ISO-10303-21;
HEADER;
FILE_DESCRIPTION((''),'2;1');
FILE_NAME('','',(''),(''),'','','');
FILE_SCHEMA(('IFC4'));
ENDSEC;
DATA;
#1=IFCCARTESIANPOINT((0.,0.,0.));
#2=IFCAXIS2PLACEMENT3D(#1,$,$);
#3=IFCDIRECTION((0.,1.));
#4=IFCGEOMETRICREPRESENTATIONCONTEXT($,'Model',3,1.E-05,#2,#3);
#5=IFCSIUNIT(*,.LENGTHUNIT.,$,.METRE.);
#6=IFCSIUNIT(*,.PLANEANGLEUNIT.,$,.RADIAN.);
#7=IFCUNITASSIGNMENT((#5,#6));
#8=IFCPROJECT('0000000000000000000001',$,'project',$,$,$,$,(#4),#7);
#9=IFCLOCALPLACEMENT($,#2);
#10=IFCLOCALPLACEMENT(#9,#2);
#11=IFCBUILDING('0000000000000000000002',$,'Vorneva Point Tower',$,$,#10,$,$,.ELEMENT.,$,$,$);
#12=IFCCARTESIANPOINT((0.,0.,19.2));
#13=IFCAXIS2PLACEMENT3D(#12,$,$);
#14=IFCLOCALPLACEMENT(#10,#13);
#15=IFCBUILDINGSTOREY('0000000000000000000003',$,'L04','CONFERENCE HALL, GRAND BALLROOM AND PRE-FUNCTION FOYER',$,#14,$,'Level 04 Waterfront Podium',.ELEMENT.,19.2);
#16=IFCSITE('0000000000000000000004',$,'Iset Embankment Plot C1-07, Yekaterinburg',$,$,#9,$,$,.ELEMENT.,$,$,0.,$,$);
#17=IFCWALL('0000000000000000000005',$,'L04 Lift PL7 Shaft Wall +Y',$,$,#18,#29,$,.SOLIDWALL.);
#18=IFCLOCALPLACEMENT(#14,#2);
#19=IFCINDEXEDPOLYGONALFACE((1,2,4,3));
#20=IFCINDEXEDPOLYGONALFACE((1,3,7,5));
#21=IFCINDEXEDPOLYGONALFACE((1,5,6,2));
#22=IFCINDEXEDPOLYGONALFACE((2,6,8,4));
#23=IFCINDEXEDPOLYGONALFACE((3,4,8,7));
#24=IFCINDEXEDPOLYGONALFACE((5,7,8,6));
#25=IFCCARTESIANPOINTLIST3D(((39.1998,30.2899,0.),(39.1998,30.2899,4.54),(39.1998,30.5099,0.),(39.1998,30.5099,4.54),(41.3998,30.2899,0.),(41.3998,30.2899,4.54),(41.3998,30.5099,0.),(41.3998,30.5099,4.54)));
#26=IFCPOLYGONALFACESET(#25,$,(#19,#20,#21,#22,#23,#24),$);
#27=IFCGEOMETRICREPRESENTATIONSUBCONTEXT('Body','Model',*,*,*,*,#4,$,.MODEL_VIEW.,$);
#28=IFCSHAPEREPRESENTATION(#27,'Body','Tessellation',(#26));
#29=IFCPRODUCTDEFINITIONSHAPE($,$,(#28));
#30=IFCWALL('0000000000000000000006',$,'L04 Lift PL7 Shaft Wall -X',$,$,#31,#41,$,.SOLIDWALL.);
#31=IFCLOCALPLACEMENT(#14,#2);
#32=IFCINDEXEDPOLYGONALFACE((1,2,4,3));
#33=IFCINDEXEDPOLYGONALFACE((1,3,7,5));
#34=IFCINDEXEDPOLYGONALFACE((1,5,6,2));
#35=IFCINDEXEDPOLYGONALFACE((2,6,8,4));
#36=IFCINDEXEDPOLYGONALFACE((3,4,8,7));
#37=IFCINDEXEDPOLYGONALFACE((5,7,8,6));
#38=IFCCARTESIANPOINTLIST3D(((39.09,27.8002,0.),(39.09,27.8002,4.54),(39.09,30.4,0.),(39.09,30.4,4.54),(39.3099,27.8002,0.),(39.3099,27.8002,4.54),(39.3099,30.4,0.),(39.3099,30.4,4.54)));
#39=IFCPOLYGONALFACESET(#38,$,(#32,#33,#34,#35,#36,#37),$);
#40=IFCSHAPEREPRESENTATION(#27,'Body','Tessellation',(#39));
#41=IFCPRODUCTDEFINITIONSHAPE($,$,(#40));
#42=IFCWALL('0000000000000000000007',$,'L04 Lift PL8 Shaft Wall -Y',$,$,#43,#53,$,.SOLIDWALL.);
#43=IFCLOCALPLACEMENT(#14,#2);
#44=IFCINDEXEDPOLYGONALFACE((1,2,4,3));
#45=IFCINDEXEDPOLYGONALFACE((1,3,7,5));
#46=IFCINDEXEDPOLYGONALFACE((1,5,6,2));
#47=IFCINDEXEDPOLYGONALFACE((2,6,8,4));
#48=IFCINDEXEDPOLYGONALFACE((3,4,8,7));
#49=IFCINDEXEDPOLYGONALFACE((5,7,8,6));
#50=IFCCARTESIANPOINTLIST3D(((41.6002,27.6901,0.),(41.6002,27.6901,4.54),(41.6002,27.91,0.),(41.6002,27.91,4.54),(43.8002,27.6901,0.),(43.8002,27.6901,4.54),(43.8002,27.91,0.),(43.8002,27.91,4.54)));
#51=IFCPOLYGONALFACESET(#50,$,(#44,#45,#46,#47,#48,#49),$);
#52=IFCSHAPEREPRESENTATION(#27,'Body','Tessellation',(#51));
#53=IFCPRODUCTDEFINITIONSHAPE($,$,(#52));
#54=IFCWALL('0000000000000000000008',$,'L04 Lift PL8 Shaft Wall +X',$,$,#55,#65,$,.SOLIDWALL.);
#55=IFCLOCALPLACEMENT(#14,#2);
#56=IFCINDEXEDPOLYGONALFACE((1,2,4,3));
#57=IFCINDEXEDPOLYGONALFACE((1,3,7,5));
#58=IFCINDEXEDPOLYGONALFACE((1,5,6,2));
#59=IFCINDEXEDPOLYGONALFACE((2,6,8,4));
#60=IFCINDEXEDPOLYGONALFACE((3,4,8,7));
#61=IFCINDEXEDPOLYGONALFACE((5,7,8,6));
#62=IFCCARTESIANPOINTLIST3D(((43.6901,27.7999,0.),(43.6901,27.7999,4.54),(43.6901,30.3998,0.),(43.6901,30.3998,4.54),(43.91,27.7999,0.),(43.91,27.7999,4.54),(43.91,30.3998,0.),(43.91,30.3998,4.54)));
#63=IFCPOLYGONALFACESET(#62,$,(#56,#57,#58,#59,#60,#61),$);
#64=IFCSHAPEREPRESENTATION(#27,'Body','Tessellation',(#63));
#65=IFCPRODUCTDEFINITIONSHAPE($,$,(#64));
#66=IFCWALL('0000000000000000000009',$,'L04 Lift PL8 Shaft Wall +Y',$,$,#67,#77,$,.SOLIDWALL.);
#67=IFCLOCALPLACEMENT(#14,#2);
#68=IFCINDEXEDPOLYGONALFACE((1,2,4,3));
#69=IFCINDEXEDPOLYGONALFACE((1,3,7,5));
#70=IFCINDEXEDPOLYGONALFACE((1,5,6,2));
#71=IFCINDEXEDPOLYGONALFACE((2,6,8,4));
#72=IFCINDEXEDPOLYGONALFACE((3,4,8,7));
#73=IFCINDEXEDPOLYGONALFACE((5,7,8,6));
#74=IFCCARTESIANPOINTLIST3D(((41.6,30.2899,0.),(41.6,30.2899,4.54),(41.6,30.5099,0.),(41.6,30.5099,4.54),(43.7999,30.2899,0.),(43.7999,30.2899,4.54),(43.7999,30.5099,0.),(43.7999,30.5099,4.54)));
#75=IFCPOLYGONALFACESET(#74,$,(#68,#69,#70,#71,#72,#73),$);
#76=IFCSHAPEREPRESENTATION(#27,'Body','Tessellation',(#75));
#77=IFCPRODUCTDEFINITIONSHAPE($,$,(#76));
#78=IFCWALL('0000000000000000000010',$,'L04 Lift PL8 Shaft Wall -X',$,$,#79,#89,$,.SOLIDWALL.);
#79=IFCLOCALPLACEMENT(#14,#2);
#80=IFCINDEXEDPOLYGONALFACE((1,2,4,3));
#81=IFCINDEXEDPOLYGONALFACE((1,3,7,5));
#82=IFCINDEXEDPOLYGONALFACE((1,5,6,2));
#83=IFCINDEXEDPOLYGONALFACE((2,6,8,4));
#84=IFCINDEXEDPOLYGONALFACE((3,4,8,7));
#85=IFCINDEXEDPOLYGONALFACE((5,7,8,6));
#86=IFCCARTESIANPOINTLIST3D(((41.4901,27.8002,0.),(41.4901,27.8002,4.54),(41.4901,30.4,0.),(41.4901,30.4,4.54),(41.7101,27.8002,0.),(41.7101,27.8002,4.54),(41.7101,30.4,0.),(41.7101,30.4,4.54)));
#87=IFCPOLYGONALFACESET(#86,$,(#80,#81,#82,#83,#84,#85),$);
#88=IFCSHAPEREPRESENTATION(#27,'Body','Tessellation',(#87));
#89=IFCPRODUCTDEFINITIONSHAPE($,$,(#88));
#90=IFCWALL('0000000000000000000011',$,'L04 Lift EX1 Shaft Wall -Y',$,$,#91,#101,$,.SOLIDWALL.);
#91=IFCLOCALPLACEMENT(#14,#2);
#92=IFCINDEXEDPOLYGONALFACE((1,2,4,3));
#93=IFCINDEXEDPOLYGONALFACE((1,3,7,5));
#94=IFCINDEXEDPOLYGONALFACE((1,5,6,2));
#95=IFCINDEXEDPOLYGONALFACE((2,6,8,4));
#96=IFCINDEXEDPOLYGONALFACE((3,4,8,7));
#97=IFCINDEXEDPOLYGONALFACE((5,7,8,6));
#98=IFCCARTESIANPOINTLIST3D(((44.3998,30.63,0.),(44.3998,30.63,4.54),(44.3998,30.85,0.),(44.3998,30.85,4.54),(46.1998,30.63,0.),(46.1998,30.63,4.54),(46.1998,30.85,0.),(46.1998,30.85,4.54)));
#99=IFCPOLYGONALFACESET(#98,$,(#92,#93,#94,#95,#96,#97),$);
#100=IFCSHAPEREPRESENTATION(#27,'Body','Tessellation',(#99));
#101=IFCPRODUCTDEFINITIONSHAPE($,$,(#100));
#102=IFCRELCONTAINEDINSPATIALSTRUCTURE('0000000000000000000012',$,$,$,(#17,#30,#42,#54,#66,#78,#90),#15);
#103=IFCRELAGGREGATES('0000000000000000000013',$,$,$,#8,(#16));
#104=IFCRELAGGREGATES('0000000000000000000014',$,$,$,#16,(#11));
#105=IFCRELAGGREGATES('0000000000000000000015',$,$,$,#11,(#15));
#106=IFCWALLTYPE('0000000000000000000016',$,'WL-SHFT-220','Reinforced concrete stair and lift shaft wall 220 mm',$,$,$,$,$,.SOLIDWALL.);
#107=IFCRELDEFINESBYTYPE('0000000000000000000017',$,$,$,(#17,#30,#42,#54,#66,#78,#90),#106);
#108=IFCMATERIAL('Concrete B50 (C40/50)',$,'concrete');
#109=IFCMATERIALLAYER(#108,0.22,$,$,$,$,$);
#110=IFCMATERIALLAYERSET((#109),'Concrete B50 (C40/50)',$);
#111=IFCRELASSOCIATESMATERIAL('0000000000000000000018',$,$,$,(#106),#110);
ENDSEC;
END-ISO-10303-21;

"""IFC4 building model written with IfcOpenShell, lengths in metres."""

from ifc_helpers import new_model, si_unit, direction, frame, frame_2d, origin, place, context, subcontext, project, spatial, rectangle, extrude, material, layer, layer_set, type_object, element, save


model = new_model("IFC4")

# Units and contexts
model_context = context("Model", 3, precision=1e-05, world=origin(), true_north=direction((0.0, 1.0)))
body_context = subcontext(model_context, "Body", "Model", "MODEL_VIEW")
ifc_project = project(units=[si_unit("LENGTHUNIT", "METRE"), si_unit("PLANEANGLEUNIT", "RADIAN")], contexts=[model_context])

# Site, building, storey
site_placement = place(None, origin())
site = spatial("IfcSite", under=ifc_project, at=site_placement, Name="Iset Embankment Plot C1-07, Yekaterinburg", CompositionType="ELEMENT", RefElevation=0.0)
building_placement = place(site_placement, origin())
building = spatial("IfcBuilding", under=site, at=building_placement, Name="Vorneva Point Tower", CompositionType="ELEMENT")
storey_placement = place(building_placement, frame((0.0, 0.0, 19.2)))
storey = spatial("IfcBuildingStorey", under=building, at=storey_placement, Name="L04", Description="CONFERENCE HALL, GRAND BALLROOM AND PRE-FUNCTION FOYER", LongName="Level 04 Waterfront Podium", CompositionType="ELEMENT", Elevation=19.2)

# Walls
ifc_material_1 = material(Name="Concrete B50 (C40/50)", Category="concrete")
ifc_layer_1 = layer(ifc_material_1, 0.22)
ifc_layer_set_1 = layer_set([ifc_layer_1], Name="Concrete B50 (C40/50)")
wall_type_1 = type_object("IfcWallType", Name="WL-SHFT-220", Description="Reinforced concrete stair and lift shaft wall 220 mm", PredefinedType="SOLIDWALL", material=ifc_layer_set_1)
wall_1_placement = place(storey_placement, frame((41.3999, 30.3999, 0.0), z_axis=(0.0, 0.0, 1.0), x_axis=(-1.0, 0.0, 0.0)))
element("IfcWall", 1, at=wall_1_placement, inside=storey, type_object=wall_type_1, Name="L04 Lift PL7 Shaft Wall +Y", PredefinedType="SOLIDWALL", context=body_context, shape_type="SweptSolid", body=[
    extrude(rectangle(XDim=2.2, YDim=0.22, at=frame_2d((1.1001, 0.0))), origin(), (0.0, 0.0, 1.0), 4.54),
])
wall_2_placement = place(storey_placement, frame((39.2, 30.3999, 0.0), z_axis=(0.0, 0.0, 1.0), x_axis=(0.0, -1.0, 0.0)))
element("IfcWall", 2, at=wall_2_placement, inside=storey, type_object=wall_type_1, Name="L04 Lift PL7 Shaft Wall -X", PredefinedType="SOLIDWALL", context=body_context, shape_type="SweptSolid", body=[
    extrude(rectangle(XDim=2.5999, YDim=0.22, at=frame_2d((1.2998, 0.0))), origin(), (0.0, 0.0, 1.0), 4.54),
])
wall_3_placement = place(storey_placement, frame((41.6001, 27.8, 0.0), z_axis=(0.0, 0.0, 1.0), x_axis=(1.0, 0.0, 0.0)))
element("IfcWall", 3, at=wall_3_placement, inside=storey, type_object=wall_type_1, Name="L04 Lift PL8 Shaft Wall -Y", PredefinedType="SOLIDWALL", context=body_context, shape_type="SweptSolid", body=[
    extrude(rectangle(XDim=2.2, YDim=0.22, at=frame_2d((1.1001, 0.0))), origin(), (0.0, 0.0, 1.0), 4.54),
])
wall_4_placement = place(storey_placement, frame((43.8, 27.8, 0.0), z_axis=(0.0, 0.0, 1.0), x_axis=(0.0, 1.0, 0.0)))
element("IfcWall", 4, at=wall_4_placement, inside=storey, type_object=wall_type_1, Name="L04 Lift PL8 Shaft Wall +X", PredefinedType="SOLIDWALL", context=body_context, shape_type="SweptSolid", body=[
    extrude(rectangle(XDim=2.5999, YDim=0.22, at=frame_2d((1.2998, 0.0))), origin(), (0.0, 0.0, 1.0), 4.54),
])
wall_5_placement = place(storey_placement, frame((43.8, 30.3999, 0.0), z_axis=(0.0, 0.0, 1.0), x_axis=(-1.0, 0.0, 0.0)))
element("IfcWall", 5, at=wall_5_placement, inside=storey, type_object=wall_type_1, Name="L04 Lift PL8 Shaft Wall +Y", PredefinedType="SOLIDWALL", context=body_context, shape_type="SweptSolid", body=[
    extrude(rectangle(XDim=2.2, YDim=0.22, at=frame_2d((1.1001, 0.0))), origin(), (0.0, 0.0, 1.0), 4.54),
])
wall_6_placement = place(storey_placement, frame((41.6001, 30.3999, 0.0), z_axis=(0.0, 0.0, 1.0), x_axis=(0.0, -1.0, 0.0)))
element("IfcWall", 6, at=wall_6_placement, inside=storey, type_object=wall_type_1, Name="L04 Lift PL8 Shaft Wall -X", PredefinedType="SOLIDWALL", context=body_context, shape_type="SweptSolid", body=[
    extrude(rectangle(XDim=2.5999, YDim=0.22, at=frame_2d((1.2998, 0.0))), origin(), (0.0, 0.0, 1.0), 4.54),
])
wall_7_placement = place(storey_placement, frame((44.3999, 30.74, 0.0), z_axis=(0.0, 0.0, 1.0), x_axis=(1.0, 0.0, 0.0)))
element("IfcWall", 7, at=wall_7_placement, inside=storey, type_object=wall_type_1, Name="L04 Lift EX1 Shaft Wall -Y", PredefinedType="SOLIDWALL", context=body_context, shape_type="SweptSolid", body=[
    extrude(rectangle(XDim=1.8, YDim=0.22, at=frame_2d((0.8999, 0.0))), origin(), (0.0, 0.0, 1.0), 4.54),
])

save(model, "model.ifc")
